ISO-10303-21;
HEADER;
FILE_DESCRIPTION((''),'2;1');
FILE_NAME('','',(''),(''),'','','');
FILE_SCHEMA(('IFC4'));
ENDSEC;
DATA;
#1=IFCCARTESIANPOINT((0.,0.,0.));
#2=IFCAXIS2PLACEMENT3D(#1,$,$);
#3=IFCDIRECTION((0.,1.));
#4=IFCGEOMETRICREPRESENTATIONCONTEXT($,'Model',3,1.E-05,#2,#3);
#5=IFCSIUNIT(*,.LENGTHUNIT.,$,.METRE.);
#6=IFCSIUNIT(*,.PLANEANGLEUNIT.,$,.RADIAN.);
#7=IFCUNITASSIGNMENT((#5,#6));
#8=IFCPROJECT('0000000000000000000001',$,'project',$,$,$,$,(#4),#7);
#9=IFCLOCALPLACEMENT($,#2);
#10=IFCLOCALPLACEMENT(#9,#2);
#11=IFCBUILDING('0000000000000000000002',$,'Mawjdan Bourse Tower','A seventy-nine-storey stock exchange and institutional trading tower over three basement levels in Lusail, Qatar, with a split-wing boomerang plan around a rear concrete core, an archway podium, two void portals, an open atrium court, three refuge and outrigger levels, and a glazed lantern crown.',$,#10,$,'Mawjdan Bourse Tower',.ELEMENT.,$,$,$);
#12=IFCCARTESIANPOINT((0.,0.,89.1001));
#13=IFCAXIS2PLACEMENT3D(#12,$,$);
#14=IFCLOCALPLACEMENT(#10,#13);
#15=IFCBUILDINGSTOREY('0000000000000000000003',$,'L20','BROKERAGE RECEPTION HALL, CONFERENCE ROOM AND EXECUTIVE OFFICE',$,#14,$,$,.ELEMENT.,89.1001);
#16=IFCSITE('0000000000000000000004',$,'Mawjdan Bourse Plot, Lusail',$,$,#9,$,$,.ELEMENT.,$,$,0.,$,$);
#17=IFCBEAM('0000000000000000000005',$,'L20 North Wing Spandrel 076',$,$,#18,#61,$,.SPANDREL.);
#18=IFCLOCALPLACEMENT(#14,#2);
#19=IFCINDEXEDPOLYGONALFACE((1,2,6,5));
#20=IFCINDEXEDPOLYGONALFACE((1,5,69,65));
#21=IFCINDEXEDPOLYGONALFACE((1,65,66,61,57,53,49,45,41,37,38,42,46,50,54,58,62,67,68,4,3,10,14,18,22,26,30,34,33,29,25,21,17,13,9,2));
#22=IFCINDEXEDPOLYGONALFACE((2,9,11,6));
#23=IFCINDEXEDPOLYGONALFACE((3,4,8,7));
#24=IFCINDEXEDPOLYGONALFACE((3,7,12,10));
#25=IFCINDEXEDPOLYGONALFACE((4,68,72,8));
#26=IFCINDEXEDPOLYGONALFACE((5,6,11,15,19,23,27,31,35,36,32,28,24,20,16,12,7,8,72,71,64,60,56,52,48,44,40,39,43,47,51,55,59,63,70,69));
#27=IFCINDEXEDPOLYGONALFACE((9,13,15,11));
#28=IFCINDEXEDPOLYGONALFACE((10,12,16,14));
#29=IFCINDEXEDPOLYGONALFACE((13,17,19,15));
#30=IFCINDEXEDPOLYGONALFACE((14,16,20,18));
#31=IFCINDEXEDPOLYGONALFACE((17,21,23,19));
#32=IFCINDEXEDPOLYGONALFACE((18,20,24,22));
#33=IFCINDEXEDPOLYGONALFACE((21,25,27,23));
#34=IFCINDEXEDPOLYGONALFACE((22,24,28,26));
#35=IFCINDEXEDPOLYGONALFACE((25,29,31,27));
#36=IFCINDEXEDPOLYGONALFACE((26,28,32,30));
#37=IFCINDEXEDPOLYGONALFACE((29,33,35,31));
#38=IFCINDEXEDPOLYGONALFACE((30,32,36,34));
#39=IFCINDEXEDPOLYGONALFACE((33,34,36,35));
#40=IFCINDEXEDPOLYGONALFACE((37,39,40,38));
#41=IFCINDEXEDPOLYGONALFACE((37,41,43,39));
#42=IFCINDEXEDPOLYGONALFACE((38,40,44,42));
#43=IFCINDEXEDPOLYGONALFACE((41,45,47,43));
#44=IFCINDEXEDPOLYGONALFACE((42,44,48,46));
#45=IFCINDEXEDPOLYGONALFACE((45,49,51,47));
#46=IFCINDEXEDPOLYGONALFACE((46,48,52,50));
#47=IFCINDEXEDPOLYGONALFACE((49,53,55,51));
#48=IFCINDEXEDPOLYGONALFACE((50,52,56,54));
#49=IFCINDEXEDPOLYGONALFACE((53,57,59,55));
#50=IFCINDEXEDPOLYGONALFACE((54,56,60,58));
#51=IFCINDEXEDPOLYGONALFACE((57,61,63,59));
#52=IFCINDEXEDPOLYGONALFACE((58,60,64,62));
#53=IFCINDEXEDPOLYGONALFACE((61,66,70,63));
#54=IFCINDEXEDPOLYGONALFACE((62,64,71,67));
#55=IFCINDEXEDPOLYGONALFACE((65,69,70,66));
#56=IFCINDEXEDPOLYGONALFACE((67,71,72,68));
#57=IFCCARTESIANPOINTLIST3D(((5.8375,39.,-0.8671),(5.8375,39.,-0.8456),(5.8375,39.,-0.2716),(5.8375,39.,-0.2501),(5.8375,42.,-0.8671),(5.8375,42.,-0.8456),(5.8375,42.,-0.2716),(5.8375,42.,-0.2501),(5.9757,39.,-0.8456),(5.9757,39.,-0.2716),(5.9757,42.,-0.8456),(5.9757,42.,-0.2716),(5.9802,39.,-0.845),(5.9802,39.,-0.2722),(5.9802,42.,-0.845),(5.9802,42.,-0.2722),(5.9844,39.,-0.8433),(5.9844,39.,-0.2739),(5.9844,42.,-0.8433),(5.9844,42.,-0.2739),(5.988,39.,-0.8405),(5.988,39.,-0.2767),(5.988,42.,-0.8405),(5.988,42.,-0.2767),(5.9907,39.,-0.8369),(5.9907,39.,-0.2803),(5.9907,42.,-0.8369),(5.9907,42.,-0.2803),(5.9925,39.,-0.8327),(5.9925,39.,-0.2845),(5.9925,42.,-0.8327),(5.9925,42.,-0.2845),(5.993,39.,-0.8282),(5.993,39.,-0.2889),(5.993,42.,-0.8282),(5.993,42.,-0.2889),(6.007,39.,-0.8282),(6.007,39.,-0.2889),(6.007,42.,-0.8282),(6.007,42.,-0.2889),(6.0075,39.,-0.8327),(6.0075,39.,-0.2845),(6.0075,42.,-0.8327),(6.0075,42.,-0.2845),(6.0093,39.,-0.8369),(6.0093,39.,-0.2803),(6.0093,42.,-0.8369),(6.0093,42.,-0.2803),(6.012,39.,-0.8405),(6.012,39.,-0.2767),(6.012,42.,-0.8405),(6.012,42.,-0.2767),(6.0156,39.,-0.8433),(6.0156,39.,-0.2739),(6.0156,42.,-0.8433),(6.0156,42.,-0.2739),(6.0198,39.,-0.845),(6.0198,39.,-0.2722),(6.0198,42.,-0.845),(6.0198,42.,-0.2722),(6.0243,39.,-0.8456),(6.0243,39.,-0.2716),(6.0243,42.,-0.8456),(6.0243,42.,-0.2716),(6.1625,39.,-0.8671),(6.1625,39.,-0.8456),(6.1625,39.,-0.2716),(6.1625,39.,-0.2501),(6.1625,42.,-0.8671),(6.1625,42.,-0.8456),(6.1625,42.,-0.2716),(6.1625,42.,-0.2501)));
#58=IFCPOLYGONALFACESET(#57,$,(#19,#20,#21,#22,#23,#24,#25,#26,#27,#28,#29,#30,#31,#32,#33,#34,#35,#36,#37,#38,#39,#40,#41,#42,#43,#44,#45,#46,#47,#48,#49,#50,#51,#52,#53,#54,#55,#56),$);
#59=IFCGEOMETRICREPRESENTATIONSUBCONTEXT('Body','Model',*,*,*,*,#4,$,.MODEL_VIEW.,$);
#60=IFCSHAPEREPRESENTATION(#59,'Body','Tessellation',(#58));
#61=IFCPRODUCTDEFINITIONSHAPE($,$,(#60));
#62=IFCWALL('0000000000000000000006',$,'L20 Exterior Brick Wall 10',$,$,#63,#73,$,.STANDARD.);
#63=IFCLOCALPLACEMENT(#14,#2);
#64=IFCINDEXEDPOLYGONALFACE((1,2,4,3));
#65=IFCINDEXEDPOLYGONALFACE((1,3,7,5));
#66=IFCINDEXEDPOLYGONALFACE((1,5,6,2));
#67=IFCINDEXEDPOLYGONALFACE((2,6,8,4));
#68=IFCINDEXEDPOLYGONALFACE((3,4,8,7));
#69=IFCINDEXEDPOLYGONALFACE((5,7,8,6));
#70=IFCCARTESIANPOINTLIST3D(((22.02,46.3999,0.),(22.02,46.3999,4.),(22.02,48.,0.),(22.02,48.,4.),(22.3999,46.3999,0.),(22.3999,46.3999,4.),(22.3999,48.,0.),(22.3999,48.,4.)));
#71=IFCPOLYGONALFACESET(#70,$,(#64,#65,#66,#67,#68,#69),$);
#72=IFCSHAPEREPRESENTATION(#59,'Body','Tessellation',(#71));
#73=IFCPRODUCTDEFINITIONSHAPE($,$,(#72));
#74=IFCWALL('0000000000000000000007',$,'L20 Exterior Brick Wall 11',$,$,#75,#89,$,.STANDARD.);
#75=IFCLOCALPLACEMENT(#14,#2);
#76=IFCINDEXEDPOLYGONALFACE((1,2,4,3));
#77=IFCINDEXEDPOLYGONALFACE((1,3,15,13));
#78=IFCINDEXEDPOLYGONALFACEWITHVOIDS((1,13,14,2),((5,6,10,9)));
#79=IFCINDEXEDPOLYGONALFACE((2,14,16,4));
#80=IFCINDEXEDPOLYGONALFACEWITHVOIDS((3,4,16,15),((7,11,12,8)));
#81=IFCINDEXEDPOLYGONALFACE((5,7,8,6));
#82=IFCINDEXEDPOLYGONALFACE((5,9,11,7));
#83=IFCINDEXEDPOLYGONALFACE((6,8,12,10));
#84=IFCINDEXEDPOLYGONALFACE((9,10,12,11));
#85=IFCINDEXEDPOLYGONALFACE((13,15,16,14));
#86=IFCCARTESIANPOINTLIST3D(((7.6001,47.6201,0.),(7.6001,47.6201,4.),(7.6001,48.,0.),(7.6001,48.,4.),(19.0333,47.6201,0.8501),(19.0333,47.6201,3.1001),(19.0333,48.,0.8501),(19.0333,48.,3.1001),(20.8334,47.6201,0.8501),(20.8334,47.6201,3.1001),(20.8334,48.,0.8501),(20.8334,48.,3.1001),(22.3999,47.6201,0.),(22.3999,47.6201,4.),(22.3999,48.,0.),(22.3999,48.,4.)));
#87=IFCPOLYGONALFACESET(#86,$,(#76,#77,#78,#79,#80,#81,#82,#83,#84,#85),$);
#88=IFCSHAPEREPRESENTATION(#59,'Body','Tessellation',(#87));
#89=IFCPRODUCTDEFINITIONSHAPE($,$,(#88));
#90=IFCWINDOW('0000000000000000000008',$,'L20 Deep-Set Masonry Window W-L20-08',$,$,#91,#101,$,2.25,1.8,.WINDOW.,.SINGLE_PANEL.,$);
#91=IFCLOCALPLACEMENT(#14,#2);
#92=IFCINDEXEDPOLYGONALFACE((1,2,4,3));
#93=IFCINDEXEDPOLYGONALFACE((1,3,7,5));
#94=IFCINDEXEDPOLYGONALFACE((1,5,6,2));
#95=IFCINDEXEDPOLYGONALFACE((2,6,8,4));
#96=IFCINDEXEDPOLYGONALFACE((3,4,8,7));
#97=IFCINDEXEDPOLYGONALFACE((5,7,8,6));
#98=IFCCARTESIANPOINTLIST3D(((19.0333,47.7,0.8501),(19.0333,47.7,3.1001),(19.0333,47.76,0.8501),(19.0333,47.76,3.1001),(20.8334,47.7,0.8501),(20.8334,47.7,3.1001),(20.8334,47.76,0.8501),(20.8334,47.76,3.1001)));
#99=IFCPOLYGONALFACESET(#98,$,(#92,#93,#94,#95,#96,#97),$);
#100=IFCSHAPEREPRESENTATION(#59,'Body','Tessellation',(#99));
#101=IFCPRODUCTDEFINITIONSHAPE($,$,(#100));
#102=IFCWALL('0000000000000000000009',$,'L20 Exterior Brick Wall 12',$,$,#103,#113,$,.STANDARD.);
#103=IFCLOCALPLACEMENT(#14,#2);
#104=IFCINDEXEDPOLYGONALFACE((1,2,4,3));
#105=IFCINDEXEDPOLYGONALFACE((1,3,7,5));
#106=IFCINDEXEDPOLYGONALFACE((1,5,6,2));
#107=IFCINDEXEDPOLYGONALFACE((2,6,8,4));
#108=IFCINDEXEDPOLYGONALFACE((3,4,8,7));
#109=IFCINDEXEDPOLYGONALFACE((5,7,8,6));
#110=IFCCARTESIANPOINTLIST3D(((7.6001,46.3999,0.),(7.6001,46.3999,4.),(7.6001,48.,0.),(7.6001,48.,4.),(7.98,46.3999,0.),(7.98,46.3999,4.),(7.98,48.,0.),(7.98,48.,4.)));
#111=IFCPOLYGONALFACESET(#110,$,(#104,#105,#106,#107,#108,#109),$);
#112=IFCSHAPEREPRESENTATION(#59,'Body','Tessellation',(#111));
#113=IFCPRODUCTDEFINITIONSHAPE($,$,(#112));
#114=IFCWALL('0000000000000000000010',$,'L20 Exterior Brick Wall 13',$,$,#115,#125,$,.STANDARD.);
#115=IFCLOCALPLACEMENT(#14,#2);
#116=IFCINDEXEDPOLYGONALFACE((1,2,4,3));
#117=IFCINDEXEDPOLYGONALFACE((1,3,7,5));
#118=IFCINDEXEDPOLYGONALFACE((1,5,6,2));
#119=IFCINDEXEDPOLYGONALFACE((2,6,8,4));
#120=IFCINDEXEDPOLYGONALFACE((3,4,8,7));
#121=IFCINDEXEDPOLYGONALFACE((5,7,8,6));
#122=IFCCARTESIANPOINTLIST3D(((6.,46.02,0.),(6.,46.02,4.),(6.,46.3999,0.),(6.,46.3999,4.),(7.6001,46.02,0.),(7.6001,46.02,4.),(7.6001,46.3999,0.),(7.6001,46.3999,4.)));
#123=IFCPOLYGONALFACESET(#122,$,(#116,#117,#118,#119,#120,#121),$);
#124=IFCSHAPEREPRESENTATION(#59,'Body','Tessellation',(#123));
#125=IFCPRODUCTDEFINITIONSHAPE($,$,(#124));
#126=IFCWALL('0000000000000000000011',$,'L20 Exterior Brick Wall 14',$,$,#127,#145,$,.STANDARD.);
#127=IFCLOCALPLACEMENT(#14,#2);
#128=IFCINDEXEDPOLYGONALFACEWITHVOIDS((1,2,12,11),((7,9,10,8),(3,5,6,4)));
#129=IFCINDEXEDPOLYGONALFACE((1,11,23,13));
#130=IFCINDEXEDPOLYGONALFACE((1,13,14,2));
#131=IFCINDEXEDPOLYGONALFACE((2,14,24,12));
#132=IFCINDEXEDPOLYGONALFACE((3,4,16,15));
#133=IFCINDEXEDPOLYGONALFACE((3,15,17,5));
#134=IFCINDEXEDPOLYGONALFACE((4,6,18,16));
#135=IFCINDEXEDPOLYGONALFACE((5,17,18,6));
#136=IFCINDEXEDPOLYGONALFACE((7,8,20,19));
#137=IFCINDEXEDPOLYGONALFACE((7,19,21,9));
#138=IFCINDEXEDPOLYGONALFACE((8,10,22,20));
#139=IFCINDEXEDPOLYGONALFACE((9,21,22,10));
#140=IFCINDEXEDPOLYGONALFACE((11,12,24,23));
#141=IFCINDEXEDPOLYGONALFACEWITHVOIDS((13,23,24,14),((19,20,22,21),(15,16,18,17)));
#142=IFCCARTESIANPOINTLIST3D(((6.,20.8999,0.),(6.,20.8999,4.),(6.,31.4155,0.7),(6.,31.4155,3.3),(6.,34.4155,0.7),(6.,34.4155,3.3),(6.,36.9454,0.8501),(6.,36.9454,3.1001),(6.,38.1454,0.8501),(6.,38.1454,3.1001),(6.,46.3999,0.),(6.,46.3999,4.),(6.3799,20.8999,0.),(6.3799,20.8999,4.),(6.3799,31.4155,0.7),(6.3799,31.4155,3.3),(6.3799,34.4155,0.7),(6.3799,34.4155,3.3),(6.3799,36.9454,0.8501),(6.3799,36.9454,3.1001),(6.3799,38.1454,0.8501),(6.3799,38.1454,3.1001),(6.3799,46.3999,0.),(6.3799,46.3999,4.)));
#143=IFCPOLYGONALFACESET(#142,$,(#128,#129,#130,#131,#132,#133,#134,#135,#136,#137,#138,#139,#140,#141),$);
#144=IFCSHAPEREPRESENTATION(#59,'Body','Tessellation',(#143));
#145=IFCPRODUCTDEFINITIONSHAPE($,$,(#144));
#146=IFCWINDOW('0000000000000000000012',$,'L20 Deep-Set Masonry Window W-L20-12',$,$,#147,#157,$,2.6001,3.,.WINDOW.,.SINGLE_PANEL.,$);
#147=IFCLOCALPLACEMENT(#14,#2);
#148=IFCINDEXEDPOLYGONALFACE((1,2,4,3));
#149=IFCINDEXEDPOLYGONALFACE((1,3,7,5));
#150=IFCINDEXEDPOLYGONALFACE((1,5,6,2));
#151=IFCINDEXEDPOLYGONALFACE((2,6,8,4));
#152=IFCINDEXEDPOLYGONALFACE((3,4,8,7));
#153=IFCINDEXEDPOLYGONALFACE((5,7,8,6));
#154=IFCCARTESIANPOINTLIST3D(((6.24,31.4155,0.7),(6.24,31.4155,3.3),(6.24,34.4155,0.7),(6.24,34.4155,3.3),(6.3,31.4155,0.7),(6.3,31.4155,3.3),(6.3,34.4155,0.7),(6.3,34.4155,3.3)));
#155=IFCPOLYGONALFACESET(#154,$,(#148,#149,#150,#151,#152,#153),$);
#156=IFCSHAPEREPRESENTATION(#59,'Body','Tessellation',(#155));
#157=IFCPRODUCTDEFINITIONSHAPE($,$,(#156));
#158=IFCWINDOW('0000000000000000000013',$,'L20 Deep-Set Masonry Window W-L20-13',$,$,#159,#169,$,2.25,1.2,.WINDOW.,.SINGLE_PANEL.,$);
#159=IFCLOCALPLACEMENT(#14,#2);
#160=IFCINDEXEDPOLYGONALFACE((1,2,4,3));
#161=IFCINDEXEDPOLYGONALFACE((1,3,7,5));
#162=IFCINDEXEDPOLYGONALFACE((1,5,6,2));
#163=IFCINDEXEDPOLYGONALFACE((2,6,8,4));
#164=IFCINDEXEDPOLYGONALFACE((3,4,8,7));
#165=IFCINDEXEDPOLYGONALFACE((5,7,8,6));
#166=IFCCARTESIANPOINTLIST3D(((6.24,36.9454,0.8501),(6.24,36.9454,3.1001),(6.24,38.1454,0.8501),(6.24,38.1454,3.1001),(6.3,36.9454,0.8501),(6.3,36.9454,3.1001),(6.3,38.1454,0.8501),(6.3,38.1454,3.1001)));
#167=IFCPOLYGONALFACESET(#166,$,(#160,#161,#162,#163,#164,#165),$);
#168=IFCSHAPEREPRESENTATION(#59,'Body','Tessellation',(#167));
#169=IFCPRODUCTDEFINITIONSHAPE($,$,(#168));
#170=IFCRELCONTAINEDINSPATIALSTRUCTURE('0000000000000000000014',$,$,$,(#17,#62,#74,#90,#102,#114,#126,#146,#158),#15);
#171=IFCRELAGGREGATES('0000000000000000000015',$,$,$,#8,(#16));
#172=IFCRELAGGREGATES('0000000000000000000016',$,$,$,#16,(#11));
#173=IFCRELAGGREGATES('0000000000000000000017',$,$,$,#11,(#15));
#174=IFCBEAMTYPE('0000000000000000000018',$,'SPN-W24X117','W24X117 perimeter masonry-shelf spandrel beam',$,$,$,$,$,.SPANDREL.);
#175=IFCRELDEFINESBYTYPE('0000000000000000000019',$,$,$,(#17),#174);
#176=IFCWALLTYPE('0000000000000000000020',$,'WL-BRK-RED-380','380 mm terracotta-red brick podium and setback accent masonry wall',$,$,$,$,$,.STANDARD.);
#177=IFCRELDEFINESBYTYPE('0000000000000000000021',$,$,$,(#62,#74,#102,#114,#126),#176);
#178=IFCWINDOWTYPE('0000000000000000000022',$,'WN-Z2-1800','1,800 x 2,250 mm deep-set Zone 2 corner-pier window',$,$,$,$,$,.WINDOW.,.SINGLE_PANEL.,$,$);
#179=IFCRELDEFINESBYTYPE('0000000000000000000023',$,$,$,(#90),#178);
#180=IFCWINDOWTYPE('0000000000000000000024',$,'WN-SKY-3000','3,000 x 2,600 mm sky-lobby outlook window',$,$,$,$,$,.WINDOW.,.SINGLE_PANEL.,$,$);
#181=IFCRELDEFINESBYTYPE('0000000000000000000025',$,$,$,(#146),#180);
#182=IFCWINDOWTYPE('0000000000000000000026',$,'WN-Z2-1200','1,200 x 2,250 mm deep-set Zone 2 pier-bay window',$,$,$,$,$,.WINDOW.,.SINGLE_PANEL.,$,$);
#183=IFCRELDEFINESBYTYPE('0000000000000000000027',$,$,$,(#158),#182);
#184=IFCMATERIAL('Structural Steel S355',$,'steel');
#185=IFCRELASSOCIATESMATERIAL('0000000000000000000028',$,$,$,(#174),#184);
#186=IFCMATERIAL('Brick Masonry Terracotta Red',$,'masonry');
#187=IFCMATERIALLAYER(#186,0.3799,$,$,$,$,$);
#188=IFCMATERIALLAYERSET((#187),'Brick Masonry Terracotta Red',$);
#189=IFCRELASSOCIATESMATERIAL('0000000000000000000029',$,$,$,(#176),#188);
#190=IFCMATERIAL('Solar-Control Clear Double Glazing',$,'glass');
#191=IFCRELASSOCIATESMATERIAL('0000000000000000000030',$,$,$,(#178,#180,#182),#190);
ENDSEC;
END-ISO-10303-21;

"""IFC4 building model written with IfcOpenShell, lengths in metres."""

from ifc_helpers import new_model, si_unit, direction, frame, frame_2d, origin, origin_2d, place, context, subcontext, project, spatial, rectangle, i_section, extrude, material, layer, layer_set, material_profile, profile_set, type_object, element, fill, save


model = new_model("IFC4")

# Units and contexts
model_context = context("Model", 3, precision=1e-05, world=origin(), true_north=direction((0.0, 1.0)))
body_context = subcontext(model_context, "Body", "Model", "MODEL_VIEW")
ifc_project = project(units=[si_unit("LENGTHUNIT", "METRE"), si_unit("PLANEANGLEUNIT", "RADIAN")], contexts=[model_context])

# Site, building, storey
site_placement = place(None, origin())
site = spatial("IfcSite", under=ifc_project, at=site_placement, Name="Mawjdan Bourse Plot, Lusail", CompositionType="ELEMENT", RefElevation=0.0)
building_placement = place(site_placement, origin())
building = spatial("IfcBuilding", under=site, at=building_placement, Name="Mawjdan Bourse Tower", Description="A seventy-nine-storey stock exchange and institutional trading tower over three basement levels in Lusail, Qatar, with a split-wing boomerang plan around a rear concrete core, an archway podium, two void portals, an open atrium court, three refuge and outrigger levels, and a glazed lantern crown.", LongName="Mawjdan Bourse Tower", CompositionType="ELEMENT")
storey_placement = place(building_placement, frame((0.0, 0.0, 89.1001)))
storey = spatial("IfcBuildingStorey", under=building, at=storey_placement, Name="L20", Description="BROKERAGE RECEPTION HALL, CONFERENCE ROOM AND EXECUTIVE OFFICE", CompositionType="ELEMENT", Elevation=89.1001)

# Beam
ifc_material_1 = material(Name="Structural Steel S355", Category="steel")
ifc_material_profile_1 = material_profile(ifc_material_1, i_section(OverallWidth=0.325, OverallDepth=0.6169, WebThickness=0.0139, FlangeThickness=0.0215, FilletRadius=0.0173, at=origin_2d()), Name="W24X117")
ifc_profile_set_1 = profile_set([ifc_material_profile_1], Name="Structural Steel S355")
beam_type_1 = type_object("IfcBeamType", Name="SPN-W24X117", Description="W24X117 perimeter masonry-shelf spandrel beam", PredefinedType="SPANDREL", material=ifc_profile_set_1)
beam_placement = place(storey_placement, frame((6.0, 39.0, -0.5586), z_axis=(0.0, 1.0, 0.0), x_axis=(-1.0, 0.0, 0.0)))
element("IfcBeam", 1, at=beam_placement, inside=storey, type_object=beam_type_1, Name="L20 North Wing Spandrel 076", PredefinedType="SPANDREL", context=body_context, shape_type="SweptSolid", body=[
    extrude(i_section(OverallWidth=0.325, OverallDepth=0.6169, WebThickness=0.0139, FlangeThickness=0.0215, FilletRadius=0.0173, at=origin_2d()), origin(), (0.0, 0.0, 1.0), 3.0),
])

# Wall
ifc_material_2 = material(Name="Brick Masonry Terracotta Red", Category="masonry")
ifc_layer_1 = layer(ifc_material_2, 0.3799)
ifc_layer_set_1 = layer_set([ifc_layer_1], Name="Brick Masonry Terracotta Red")
wall_type_1 = type_object("IfcWallType", Name="WL-BRK-RED-380", Description="380 mm terracotta-red brick podium and setback accent masonry wall", PredefinedType="STANDARD", material=ifc_layer_set_1)
wall_1_placement = place(storey_placement, frame((22.21, 46.3999, 0.0), z_axis=(0.0, 0.0, 1.0), x_axis=(0.0, 1.0, 0.0)))
element("IfcWall", 2, at=wall_1_placement, inside=storey, type_object=wall_type_1, Name="L20 Exterior Brick Wall 10", PredefinedType="STANDARD", context=body_context, shape_type="SweptSolid", body=[
    extrude(rectangle(XDim=1.6001, YDim=0.3799, at=frame_2d((0.8, 0.0))), origin(), (0.0, 0.0, 1.0), 4.0),
])

# Wall, opening, window
wall_2_placement = place(storey_placement, frame((22.3999, 47.8101, 0.0), z_axis=(0.0, 0.0, 1.0), x_axis=(-1.0, 0.0, 0.0)))
wall_2 = element("IfcWall", 3, at=wall_2_placement, inside=storey, type_object=wall_type_1, Name="L20 Exterior Brick Wall 11", PredefinedType="STANDARD", context=body_context, shape_type="SweptSolid", body=[
    extrude(rectangle(XDim=14.7998, YDim=0.3799, at=frame_2d((7.3999, 0.0))), origin(), (0.0, 0.0, 1.0), 4.0),
])
opening_1_placement = place(wall_2_placement, frame((1.5667, 0.0, 0.8501)))
opening_1 = element("IfcOpeningElement", 4, at=opening_1_placement, cuts=wall_2, PredefinedType="OPENING", context=body_context, shape_type="SweptSolid", body=[
    extrude(rectangle(XDim=1.8, YDim=2.25, at=frame_2d((0.8999, 1.125))), frame((0.0, 0.2, 0.0), z_axis=(0.0, -1.0, 0.0), x_axis=(1.0, 0.0, 0.0)), (0.0, 0.0, 1.0), 0.3999),
])
ifc_material_3 = material(Name="Solar-Control Clear Double Glazing", Category="glass")
window_type_1 = type_object("IfcWindowType", Name="WN-Z2-1800", Description="1,800 x 2,250 mm deep-set Zone 2 corner-pier window", PartitioningType="SINGLE_PANEL", PredefinedType="WINDOW", material=ifc_material_3)
window_1_placement = place(opening_1_placement, origin())
window_1 = element("IfcWindow", 5, at=window_1_placement, inside=storey, type_object=window_type_1, Name="L20 Deep-Set Masonry Window W-L20-08", OverallHeight=2.25, OverallWidth=1.8, PartitioningType="SINGLE_PANEL", PredefinedType="WINDOW", context=body_context, shape_type="SweptSolid", body=[
    extrude(rectangle(XDim=1.8, YDim=2.25, at=frame_2d((0.8999, 1.125))), frame((0.0, 0.1101, 0.0), z_axis=(0.0, -1.0, 0.0), x_axis=(1.0, 0.0, 0.0)), (0.0, 0.0, 1.0), 0.0601),
])
fill(opening_1, window_1)

# Walls
for number, where, z_axis, x_axis, name in (
    (6, (7.79, 48.0, 0.0), (0.0, 0.0, 1.0), (0.0, -1.0, 0.0), "L20 Exterior Brick Wall 12"),
    (7, (7.6001, 46.21, 0.0), (0.0, 0.0, 1.0), (-1.0, 0.0, 0.0), "L20 Exterior Brick Wall 13"),
):
    element("IfcWall", number, at=place(storey_placement, frame(where, z_axis=z_axis, x_axis=x_axis)), inside=storey, type_object=wall_type_1, Name=name, PredefinedType="STANDARD", context=body_context, shape_type="SweptSolid", body=[
        extrude(rectangle(XDim=1.6001, YDim=0.3799, at=frame_2d((0.8, 0.0))), origin(), (0.0, 0.0, 1.0), 4.0),
    ])

# Wall, openings, windows
wall_3_placement = place(storey_placement, frame((6.1899, 46.3999, 0.0), z_axis=(0.0, 0.0, 1.0), x_axis=(0.0, -1.0, 0.0)))
wall_3 = element("IfcWall", 8, at=wall_3_placement, inside=storey, type_object=wall_type_1, Name="L20 Exterior Brick Wall 14", PredefinedType="STANDARD", context=body_context, shape_type="SweptSolid", body=[
    extrude(rectangle(XDim=25.5, YDim=0.3799, at=frame_2d((12.75, 0.0))), origin(), (0.0, 0.0, 1.0), 4.0),
])
opening_2_placement = place(wall_3_placement, frame((11.9844, 0.0, 0.7)))
opening_2 = element("IfcOpeningElement", 9, at=opening_2_placement, cuts=wall_3, PredefinedType="OPENING", context=body_context, shape_type="SweptSolid", body=[
    extrude(rectangle(XDim=3.0, YDim=2.6001, at=frame_2d((1.5, 1.3))), frame((0.0, 0.2, 0.0), z_axis=(0.0, -1.0, 0.0), x_axis=(1.0, 0.0, 0.0)), (0.0, 0.0, 1.0), 0.3999),
])
opening_3_placement = place(wall_3_placement, frame((8.2544, 0.0, 0.8501)))
opening_3 = element("IfcOpeningElement", 10, at=opening_3_placement, cuts=wall_3, PredefinedType="OPENING", context=body_context, shape_type="SweptSolid", body=[
    extrude(rectangle(XDim=1.2, YDim=2.25, at=frame_2d((0.6001, 1.125))), frame((0.0, 0.2, 0.0), z_axis=(0.0, -1.0, 0.0), x_axis=(1.0, 0.0, 0.0)), (0.0, 0.0, 1.0), 0.3999),
])
window_type_2 = type_object("IfcWindowType", Name="WN-SKY-3000", Description="3,000 x 2,600 mm sky-lobby outlook window", PartitioningType="SINGLE_PANEL", PredefinedType="WINDOW", material=ifc_material_3)
window_2_placement = place(opening_2_placement, origin())
window_2 = element("IfcWindow", 11, at=window_2_placement, inside=storey, type_object=window_type_2, Name="L20 Deep-Set Masonry Window W-L20-12", OverallHeight=2.6001, OverallWidth=3.0, PartitioningType="SINGLE_PANEL", PredefinedType="WINDOW", context=body_context, shape_type="SweptSolid", body=[
    extrude(rectangle(XDim=3.0, YDim=2.6001, at=frame_2d((1.5, 1.3))), frame((0.0, 0.1101, 0.0), z_axis=(0.0, -1.0, 0.0), x_axis=(1.0, 0.0, 0.0)), (0.0, 0.0, 1.0), 0.0601),
])
fill(opening_2, window_2)
window_type_3 = type_object("IfcWindowType", Name="WN-Z2-1200", Description="1,200 x 2,250 mm deep-set Zone 2 pier-bay window", PartitioningType="SINGLE_PANEL", PredefinedType="WINDOW", material=ifc_material_3)
window_3_placement = place(opening_3_placement, origin())
window_3 = element("IfcWindow", 12, at=window_3_placement, inside=storey, type_object=window_type_3, Name="L20 Deep-Set Masonry Window W-L20-13", OverallHeight=2.25, OverallWidth=1.2, PartitioningType="SINGLE_PANEL", PredefinedType="WINDOW", context=body_context, shape_type="SweptSolid", body=[
    extrude(rectangle(XDim=1.2, YDim=2.25, at=frame_2d((0.6001, 1.125))), frame((0.0, 0.1101, 0.0), z_axis=(0.0, -1.0, 0.0), x_axis=(1.0, 0.0, 0.0)), (0.0, 0.0, 1.0), 0.0601),
])
fill(opening_3, window_3)

save(model, "model.ifc")
